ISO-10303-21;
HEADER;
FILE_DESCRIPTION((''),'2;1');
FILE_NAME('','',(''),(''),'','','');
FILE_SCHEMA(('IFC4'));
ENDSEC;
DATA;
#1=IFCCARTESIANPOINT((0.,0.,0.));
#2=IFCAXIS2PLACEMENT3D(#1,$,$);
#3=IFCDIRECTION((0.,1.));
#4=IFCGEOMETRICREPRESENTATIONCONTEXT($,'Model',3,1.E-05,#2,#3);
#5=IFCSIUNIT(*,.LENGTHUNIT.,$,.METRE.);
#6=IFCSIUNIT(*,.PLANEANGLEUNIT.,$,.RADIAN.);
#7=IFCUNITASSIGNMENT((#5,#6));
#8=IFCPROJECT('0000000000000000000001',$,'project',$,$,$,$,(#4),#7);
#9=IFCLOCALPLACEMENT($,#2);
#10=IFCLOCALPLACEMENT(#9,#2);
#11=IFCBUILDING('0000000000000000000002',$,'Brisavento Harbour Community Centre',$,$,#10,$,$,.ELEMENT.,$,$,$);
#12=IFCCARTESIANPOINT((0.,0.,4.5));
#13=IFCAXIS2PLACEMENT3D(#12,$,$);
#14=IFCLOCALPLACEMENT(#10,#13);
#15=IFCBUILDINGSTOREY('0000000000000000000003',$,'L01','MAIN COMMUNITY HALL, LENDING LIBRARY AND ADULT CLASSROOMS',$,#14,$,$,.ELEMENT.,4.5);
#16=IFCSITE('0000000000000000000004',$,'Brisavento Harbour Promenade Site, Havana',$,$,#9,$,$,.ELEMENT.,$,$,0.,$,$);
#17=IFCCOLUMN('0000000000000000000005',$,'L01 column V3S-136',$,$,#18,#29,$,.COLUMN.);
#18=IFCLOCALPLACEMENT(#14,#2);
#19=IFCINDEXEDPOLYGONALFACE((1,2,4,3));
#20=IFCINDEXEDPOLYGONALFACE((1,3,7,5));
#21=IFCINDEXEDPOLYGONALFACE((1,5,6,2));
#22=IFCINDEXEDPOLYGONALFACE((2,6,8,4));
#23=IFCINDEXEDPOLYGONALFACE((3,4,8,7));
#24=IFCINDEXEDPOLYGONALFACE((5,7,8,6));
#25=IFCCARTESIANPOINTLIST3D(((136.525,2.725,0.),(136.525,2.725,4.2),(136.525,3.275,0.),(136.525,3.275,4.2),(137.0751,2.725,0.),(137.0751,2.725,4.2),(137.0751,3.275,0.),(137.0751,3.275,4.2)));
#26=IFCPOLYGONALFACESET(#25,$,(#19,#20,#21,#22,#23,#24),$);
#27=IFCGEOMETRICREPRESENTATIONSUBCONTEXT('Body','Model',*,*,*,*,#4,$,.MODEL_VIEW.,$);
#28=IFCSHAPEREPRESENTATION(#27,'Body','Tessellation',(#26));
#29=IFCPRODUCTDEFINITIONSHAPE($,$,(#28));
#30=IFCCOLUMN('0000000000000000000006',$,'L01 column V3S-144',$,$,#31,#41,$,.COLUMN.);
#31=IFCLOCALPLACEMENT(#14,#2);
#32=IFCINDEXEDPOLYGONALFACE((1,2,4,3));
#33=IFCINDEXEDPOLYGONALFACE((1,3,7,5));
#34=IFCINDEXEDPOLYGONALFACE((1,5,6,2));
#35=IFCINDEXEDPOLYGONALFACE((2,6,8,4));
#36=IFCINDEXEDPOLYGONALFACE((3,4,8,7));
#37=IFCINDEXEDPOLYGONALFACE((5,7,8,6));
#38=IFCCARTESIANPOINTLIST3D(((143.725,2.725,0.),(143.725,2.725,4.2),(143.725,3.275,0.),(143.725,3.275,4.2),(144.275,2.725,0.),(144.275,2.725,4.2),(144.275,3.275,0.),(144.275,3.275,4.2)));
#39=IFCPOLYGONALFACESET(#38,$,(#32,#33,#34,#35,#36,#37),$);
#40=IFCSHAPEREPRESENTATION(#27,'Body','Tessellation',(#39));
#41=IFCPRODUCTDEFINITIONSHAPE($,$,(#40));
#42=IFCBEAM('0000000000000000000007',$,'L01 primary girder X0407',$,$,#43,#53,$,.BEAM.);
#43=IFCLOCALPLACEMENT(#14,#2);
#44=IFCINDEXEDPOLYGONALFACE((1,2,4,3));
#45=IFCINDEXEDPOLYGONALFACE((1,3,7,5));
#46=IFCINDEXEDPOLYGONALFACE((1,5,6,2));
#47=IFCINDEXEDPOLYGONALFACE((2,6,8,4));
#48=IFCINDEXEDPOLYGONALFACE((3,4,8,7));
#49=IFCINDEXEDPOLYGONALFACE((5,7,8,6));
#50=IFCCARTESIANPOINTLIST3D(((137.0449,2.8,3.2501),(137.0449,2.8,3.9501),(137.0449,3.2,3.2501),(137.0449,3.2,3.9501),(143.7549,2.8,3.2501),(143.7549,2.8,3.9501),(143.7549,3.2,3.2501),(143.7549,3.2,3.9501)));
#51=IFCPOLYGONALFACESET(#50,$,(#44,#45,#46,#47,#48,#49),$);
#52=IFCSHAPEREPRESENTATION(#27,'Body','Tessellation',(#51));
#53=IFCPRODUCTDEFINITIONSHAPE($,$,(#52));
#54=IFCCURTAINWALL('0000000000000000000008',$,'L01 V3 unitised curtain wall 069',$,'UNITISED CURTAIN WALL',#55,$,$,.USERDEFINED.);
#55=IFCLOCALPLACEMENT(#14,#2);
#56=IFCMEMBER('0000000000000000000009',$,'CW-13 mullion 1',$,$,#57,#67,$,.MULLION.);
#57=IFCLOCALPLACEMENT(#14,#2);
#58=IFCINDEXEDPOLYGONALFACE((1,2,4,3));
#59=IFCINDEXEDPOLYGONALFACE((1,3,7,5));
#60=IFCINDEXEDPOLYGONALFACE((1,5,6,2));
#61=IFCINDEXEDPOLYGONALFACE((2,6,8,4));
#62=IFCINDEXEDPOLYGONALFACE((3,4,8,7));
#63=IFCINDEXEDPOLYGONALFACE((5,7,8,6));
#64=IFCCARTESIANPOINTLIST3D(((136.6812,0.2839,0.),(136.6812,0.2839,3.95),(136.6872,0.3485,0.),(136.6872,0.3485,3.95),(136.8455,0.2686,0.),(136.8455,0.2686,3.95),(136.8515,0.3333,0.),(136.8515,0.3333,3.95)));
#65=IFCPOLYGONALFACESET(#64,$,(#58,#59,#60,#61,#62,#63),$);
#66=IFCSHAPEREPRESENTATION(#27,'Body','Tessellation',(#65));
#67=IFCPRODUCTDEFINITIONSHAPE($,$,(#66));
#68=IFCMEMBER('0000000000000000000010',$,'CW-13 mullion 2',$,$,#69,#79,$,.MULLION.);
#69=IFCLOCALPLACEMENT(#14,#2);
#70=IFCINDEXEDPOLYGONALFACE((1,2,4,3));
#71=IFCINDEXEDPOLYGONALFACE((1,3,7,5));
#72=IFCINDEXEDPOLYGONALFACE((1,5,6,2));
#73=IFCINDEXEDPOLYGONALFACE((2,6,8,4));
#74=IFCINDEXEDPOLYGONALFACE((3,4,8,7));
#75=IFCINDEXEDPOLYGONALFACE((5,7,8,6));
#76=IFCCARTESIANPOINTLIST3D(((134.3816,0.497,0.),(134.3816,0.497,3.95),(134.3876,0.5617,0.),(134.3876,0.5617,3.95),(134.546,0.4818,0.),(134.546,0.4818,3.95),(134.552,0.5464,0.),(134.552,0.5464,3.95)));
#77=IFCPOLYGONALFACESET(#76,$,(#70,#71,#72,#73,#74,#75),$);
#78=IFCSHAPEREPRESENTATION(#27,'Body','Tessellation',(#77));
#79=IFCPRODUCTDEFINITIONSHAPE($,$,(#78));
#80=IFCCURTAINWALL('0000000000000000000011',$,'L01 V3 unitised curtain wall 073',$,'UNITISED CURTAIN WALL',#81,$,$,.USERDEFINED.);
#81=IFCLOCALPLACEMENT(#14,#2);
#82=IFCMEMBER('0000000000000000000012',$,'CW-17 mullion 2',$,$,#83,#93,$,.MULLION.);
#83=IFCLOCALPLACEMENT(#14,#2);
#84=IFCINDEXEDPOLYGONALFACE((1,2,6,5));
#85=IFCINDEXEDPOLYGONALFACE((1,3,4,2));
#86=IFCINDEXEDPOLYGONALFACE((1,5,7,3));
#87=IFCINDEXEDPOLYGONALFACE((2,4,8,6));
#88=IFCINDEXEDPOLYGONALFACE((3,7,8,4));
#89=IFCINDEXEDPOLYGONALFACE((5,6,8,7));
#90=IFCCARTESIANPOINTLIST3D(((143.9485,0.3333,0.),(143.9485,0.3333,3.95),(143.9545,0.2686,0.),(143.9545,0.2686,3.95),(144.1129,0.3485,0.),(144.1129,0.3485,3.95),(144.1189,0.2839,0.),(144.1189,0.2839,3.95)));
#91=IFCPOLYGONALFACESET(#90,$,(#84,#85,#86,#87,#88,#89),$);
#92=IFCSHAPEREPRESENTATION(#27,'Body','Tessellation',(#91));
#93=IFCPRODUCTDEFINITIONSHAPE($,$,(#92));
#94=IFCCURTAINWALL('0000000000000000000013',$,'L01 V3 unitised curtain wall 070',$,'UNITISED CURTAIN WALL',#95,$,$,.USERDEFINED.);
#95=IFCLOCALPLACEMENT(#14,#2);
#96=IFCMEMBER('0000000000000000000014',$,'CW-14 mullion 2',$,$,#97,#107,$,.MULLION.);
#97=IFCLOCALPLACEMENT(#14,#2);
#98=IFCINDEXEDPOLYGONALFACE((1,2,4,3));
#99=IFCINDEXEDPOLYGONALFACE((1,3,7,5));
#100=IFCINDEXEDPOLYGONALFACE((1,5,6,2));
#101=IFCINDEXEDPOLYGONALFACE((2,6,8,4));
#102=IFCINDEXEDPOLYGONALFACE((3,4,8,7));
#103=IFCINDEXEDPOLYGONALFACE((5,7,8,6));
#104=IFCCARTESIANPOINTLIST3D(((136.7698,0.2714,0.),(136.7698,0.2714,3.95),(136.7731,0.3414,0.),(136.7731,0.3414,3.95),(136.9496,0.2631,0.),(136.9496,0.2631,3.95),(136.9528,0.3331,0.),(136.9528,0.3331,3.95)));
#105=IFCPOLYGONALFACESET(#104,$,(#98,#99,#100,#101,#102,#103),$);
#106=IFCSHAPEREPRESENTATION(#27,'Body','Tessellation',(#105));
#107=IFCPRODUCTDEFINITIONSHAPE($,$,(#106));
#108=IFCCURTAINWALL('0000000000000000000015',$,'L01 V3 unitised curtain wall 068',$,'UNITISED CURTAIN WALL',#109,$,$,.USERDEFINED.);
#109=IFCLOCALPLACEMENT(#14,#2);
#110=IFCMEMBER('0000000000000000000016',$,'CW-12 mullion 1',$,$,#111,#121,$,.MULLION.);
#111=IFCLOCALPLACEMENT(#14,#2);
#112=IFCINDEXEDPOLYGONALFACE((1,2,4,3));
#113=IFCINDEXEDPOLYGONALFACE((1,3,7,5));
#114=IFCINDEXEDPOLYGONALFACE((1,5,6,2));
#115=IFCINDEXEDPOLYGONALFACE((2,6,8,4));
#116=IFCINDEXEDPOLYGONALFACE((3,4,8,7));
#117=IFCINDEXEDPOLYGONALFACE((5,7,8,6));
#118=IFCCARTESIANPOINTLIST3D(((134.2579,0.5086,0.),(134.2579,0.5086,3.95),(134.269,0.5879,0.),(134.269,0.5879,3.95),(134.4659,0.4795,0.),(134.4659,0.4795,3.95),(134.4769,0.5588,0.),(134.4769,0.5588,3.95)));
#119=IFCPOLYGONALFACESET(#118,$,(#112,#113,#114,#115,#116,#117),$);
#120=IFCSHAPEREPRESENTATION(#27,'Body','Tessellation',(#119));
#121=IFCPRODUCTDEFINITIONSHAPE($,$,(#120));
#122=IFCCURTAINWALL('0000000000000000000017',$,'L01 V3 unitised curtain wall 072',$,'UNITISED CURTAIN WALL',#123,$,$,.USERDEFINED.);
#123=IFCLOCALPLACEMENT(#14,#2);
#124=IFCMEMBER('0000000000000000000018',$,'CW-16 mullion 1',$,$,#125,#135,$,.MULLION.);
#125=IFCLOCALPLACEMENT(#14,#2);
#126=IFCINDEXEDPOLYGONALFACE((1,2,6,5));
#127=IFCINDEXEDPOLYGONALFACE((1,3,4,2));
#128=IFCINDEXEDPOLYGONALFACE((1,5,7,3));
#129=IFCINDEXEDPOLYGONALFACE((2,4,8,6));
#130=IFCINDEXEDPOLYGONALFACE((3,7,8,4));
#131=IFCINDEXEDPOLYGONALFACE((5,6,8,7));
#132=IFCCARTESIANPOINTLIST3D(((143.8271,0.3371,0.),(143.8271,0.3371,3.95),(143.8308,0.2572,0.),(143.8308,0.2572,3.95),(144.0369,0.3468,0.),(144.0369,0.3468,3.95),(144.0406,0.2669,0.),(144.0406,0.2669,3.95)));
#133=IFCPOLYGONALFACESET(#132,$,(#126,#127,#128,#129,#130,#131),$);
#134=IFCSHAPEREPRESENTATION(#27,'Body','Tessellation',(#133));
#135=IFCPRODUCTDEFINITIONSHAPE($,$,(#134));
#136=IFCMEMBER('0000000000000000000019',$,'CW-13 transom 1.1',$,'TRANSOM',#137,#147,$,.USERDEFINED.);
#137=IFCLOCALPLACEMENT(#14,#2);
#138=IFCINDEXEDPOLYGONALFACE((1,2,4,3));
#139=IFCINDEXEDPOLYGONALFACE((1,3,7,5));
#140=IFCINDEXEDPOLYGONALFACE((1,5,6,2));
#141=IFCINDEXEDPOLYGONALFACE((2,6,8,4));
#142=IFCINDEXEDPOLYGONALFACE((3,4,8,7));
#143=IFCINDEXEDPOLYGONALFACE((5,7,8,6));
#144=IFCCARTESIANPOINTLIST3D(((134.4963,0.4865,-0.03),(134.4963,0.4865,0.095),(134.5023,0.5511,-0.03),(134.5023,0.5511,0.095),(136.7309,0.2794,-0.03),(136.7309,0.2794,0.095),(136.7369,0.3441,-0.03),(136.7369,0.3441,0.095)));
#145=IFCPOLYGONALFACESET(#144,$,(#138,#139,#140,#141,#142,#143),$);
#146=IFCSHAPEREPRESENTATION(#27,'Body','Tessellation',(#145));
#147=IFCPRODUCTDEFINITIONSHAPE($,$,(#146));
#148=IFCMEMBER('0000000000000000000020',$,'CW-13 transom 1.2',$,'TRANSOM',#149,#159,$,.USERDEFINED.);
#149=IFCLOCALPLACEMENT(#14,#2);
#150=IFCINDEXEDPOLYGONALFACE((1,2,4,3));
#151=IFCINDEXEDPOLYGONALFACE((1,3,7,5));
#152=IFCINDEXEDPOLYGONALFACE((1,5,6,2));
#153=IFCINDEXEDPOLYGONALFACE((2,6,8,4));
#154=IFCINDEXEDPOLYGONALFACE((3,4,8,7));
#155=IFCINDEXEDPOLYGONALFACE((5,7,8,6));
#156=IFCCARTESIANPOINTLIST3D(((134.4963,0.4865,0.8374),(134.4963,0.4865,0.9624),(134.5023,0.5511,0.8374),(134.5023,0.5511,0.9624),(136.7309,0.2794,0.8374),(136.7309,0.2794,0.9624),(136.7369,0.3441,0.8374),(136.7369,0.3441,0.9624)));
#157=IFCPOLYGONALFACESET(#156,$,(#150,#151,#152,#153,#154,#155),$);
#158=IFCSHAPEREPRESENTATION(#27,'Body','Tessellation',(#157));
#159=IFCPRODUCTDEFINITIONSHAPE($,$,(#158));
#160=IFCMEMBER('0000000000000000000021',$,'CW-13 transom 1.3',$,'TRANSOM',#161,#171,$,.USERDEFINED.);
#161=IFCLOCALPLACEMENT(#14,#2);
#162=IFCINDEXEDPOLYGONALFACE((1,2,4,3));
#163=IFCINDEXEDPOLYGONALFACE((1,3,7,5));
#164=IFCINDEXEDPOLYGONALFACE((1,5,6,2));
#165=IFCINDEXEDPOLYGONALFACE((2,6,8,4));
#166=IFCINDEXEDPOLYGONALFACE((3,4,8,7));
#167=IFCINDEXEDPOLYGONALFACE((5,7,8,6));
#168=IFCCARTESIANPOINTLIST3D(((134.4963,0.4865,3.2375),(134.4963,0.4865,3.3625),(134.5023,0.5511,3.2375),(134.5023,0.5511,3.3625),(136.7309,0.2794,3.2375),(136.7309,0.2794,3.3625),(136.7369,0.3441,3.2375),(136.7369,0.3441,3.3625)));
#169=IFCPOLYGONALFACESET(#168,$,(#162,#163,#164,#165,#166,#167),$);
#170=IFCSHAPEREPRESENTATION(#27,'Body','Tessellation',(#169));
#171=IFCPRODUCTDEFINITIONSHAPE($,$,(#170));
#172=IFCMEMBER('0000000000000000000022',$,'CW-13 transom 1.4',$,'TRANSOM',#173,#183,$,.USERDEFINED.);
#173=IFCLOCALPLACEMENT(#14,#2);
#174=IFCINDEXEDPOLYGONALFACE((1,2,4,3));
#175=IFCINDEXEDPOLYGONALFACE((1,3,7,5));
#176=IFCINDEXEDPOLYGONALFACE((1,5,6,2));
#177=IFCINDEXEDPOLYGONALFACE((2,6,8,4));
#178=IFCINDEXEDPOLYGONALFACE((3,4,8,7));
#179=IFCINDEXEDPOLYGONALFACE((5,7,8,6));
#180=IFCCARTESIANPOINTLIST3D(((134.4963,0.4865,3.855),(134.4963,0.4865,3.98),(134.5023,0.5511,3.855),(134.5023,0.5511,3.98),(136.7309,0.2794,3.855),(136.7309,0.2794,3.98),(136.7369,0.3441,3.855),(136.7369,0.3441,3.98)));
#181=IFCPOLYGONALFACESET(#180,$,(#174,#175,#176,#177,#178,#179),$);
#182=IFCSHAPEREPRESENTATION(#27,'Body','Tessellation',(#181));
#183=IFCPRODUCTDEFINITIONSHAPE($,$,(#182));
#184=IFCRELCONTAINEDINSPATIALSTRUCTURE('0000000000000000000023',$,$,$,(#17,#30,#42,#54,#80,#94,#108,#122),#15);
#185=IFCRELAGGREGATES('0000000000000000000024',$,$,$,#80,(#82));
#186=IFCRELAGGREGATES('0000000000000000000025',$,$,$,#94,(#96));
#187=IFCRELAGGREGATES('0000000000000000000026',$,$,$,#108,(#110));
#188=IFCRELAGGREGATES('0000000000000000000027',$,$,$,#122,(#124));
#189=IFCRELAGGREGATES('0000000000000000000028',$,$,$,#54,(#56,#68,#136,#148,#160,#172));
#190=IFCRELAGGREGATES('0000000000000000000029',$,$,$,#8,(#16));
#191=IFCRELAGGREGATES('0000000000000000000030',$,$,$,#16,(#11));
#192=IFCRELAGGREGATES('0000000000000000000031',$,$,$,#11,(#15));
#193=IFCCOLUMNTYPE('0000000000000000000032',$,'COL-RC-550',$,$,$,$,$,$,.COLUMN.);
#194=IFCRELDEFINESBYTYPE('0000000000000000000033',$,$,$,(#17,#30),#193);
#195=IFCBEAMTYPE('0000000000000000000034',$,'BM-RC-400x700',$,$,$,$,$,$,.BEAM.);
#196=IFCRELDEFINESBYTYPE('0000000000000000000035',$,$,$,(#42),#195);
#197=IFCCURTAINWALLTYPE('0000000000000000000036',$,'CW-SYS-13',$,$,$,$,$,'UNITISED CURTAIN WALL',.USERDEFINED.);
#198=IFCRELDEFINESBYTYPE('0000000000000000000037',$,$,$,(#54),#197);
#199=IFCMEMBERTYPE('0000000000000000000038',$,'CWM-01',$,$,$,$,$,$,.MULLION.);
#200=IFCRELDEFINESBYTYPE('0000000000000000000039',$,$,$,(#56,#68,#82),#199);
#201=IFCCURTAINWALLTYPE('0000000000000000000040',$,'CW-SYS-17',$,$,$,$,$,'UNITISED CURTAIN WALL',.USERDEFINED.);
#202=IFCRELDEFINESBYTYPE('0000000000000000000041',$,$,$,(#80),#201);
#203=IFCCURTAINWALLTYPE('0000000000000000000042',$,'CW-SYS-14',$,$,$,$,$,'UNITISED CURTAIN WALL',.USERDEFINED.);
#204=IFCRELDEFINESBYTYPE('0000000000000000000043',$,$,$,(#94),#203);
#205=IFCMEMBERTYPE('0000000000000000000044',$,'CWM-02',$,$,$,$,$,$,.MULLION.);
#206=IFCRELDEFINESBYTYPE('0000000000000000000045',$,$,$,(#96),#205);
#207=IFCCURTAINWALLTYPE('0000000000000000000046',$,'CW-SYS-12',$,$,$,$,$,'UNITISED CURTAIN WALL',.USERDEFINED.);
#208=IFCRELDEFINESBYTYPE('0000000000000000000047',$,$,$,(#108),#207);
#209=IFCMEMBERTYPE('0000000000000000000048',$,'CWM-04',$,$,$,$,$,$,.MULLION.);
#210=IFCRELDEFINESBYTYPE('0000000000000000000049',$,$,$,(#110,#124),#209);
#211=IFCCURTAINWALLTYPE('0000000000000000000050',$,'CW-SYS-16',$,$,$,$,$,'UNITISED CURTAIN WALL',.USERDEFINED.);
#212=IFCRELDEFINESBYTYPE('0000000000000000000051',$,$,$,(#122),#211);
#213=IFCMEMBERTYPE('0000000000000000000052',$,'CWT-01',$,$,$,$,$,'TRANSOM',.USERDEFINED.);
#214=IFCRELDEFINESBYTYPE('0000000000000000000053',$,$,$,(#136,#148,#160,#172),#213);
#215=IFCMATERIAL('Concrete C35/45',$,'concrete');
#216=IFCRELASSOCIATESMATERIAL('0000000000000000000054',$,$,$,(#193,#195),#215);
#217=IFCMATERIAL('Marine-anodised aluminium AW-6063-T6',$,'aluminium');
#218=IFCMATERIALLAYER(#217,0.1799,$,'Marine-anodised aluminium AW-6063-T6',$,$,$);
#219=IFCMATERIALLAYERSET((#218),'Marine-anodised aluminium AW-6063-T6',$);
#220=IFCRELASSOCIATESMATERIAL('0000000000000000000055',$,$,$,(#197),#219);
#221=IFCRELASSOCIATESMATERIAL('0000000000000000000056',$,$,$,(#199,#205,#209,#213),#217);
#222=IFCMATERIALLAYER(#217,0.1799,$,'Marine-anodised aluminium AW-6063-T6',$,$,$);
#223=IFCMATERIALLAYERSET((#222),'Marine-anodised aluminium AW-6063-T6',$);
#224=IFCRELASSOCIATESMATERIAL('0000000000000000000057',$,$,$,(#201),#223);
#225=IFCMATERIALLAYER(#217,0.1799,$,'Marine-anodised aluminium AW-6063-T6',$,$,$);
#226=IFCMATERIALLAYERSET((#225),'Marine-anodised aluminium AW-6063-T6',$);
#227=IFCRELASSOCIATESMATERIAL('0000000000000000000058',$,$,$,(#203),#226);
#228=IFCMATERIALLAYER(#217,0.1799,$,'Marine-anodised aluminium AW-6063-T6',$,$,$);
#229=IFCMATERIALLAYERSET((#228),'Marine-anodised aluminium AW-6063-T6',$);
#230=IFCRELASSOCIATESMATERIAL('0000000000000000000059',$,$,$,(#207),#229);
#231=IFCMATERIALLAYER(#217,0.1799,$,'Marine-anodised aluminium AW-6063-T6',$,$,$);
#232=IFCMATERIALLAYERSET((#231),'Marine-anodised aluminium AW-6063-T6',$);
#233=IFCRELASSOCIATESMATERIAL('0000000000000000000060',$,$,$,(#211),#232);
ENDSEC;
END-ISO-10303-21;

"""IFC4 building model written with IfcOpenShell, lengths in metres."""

from ifc_helpers import new_model, si_unit, direction, frame, origin, origin_2d, place, context, subcontext, project, spatial, rectangle, extrude, material, layer, layer_set, material_profile, profile_set, type_object, element, aggregate, save


model = new_model("IFC4")

# Units and contexts
model_context = context("Model", 3, precision=1e-05, world=origin(), true_north=direction((0.0, 1.0)))
body_context = subcontext(model_context, "Body", "Model", "MODEL_VIEW")
ifc_project = project(units=[si_unit("LENGTHUNIT", "METRE"), si_unit("PLANEANGLEUNIT", "RADIAN")], contexts=[model_context])

# Site, building, storey
site_placement = place(None, origin())
site = spatial("IfcSite", under=ifc_project, at=site_placement, Name="Brisavento Harbour Promenade Site, Havana", CompositionType="ELEMENT", RefElevation=0.0)
building_placement = place(site_placement, origin())
building = spatial("IfcBuilding", under=site, at=building_placement, Name="Brisavento Harbour Community Centre", CompositionType="ELEMENT")
storey_placement = place(building_placement, frame((0.0, 0.0, 4.5)))
storey = spatial("IfcBuildingStorey", under=building, at=storey_placement, Name="L01", Description="MAIN COMMUNITY HALL, LENDING LIBRARY AND ADULT CLASSROOMS", CompositionType="ELEMENT", Elevation=4.5)

# Columns
ifc_material_1 = material(Name="Concrete C35/45", Category="concrete")
ifc_material_profile_1 = material_profile(ifc_material_1, rectangle(XDim=0.55, YDim=0.55, at=origin_2d()), Name="Concrete C35/45")
ifc_profile_set_1 = profile_set([ifc_material_profile_1], Name="Concrete C35/45")
column_type = type_object("IfcColumnType", Name="COL-RC-550", PredefinedType="COLUMN", material=ifc_profile_set_1)
for number, where, z_axis, x_axis, name in (
    (1, (136.8, 3.0, 0.0), (0.0, 0.0, 1.0), (1.0, 0.0, 0.0), "L01 column V3S-136"),
    (2, (144.0, 3.0, 0.0), (0.0, 0.0, 1.0), (1.0, 0.0, 0.0), "L01 column V3S-144"),
):
    element("IfcColumn", number, at=place(storey_placement, frame(where, z_axis=z_axis, x_axis=x_axis)), inside=storey, type_object=column_type, Name=name, PredefinedType="COLUMN", context=body_context, shape_type="SweptSolid", body=[
        extrude(rectangle(XDim=0.55, YDim=0.55, at=origin_2d()), origin(), (0.0, 0.0, 1.0), 4.2),
    ])

# Beam
ifc_material_profile_2 = material_profile(ifc_material_1, rectangle(XDim=0.3999, YDim=0.7, at=origin_2d()), Name="Concrete C35/45")
ifc_profile_set_2 = profile_set([ifc_material_profile_2], Name="Concrete C35/45")
beam_type = type_object("IfcBeamType", Name="BM-RC-400x700", PredefinedType="BEAM", material=ifc_profile_set_2)
beam_placement = place(storey_placement, frame((137.0449, 3.0, 3.6001), z_axis=(1.0, 0.0, 0.0), x_axis=(0.0, 1.0, 0.0)))
element("IfcBeam", 3, at=beam_placement, inside=storey, type_object=beam_type, Name="L01 primary girder X0407", PredefinedType="BEAM", context=body_context, shape_type="SweptSolid", body=[
    extrude(rectangle(XDim=0.3999, YDim=0.7, at=origin_2d()), origin(), (0.0, 0.0, 1.0), 6.71),
])

# Curtain wall, members
ifc_material_2 = material(Name="Marine-anodised aluminium AW-6063-T6", Category="aluminium")
ifc_layer_1 = layer(ifc_material_2, 0.1799, Name="Marine-anodised aluminium AW-6063-T6")
ifc_layer_set_1 = layer_set([ifc_layer_1], Name="Marine-anodised aluminium AW-6063-T6")
curtain_wall_type_1 = type_object("IfcCurtainWallType", Name="CW-SYS-13", ElementType="UNITISED CURTAIN WALL", PredefinedType="USERDEFINED", material=ifc_layer_set_1)
curtain_wall_1_placement = place(storey_placement, origin())
curtain_wall_1 = element("IfcCurtainWall", 4, at=curtain_wall_1_placement, inside=storey, type_object=curtain_wall_type_1, Name="L01 V3 unitised curtain wall 069", ObjectType="UNITISED CURTAIN WALL", PredefinedType="USERDEFINED")
ifc_material_profile_3 = material_profile(ifc_material_2, rectangle(XDim=0.0649, YDim=0.165, at=origin_2d()), Name="Marine-anodised aluminium AW-6063-T6")
ifc_profile_set_3 = profile_set([ifc_material_profile_3], Name="Marine-anodised aluminium AW-6063-T6")
member_type_1 = type_object("IfcMemberType", Name="CWM-01", PredefinedType="MULLION", material=ifc_profile_set_3)
member_1_placement = place(storey_placement, frame((136.7664, 0.3086, 0.0), z_axis=(0.0, 0.0, 1.0), x_axis=(-0.092279, -0.995733, 0.0)))
member_1 = element("IfcMember", 5, at=member_1_placement, type_object=member_type_1, Name="CW-13 mullion 1", PredefinedType="MULLION", context=body_context, shape_type="SweptSolid", body=[
    extrude(rectangle(XDim=0.0649, YDim=0.165, at=origin_2d()), origin(), (0.0, 0.0, 1.0), 3.95),
])
member_2_placement = place(storey_placement, frame((134.4668, 0.5217, 0.0), z_axis=(0.0, 0.0, 1.0), x_axis=(-0.092279, -0.995733, 0.0)))
member_2 = element("IfcMember", 6, at=member_2_placement, type_object=member_type_1, Name="CW-13 mullion 2", PredefinedType="MULLION", context=body_context, shape_type="SweptSolid", body=[
    extrude(rectangle(XDim=0.0649, YDim=0.165, at=origin_2d()), origin(), (0.0, 0.0, 1.0), 3.95),
])

# Curtain walls, members
ifc_layer_2 = layer(ifc_material_2, 0.1799, Name="Marine-anodised aluminium AW-6063-T6")
ifc_layer_set_2 = layer_set([ifc_layer_2], Name="Marine-anodised aluminium AW-6063-T6")
curtain_wall_type_2 = type_object("IfcCurtainWallType", Name="CW-SYS-17", ElementType="UNITISED CURTAIN WALL", PredefinedType="USERDEFINED", material=ifc_layer_set_2)
curtain_wall_2_placement = place(storey_placement, origin())
curtain_wall_2 = element("IfcCurtainWall", 7, at=curtain_wall_2_placement, inside=storey, type_object=curtain_wall_type_2, Name="L01 V3 unitised curtain wall 073", ObjectType="UNITISED CURTAIN WALL", PredefinedType="USERDEFINED")
member_3_placement = place(storey_placement, frame((144.0337, 0.3086, 0.0), z_axis=(0.0, 0.0, 1.0), x_axis=(0.092279, -0.995733, 0.0)))
member_3 = element("IfcMember", 8, at=member_3_placement, type_object=member_type_1, Name="CW-17 mullion 2", PredefinedType="MULLION", context=body_context, shape_type="SweptSolid", body=[
    extrude(rectangle(XDim=0.0649, YDim=0.165, at=origin_2d()), origin(), (0.0, 0.0, 1.0), 3.95),
])
aggregate(curtain_wall_2, [member_3])
ifc_layer_3 = layer(ifc_material_2, 0.1799, Name="Marine-anodised aluminium AW-6063-T6")
ifc_layer_set_3 = layer_set([ifc_layer_3], Name="Marine-anodised aluminium AW-6063-T6")
curtain_wall_type_3 = type_object("IfcCurtainWallType", Name="CW-SYS-14", ElementType="UNITISED CURTAIN WALL", PredefinedType="USERDEFINED", material=ifc_layer_set_3)
curtain_wall_3_placement = place(storey_placement, origin())
curtain_wall_3 = element("IfcCurtainWall", 9, at=curtain_wall_3_placement, inside=storey, type_object=curtain_wall_type_3, Name="L01 V3 unitised curtain wall 070", ObjectType="UNITISED CURTAIN WALL", PredefinedType="USERDEFINED")
ifc_material_profile_4 = material_profile(ifc_material_2, rectangle(XDim=0.0701, YDim=0.1799, at=origin_2d()), Name="Marine-anodised aluminium AW-6063-T6")
ifc_profile_set_4 = profile_set([ifc_material_profile_4], Name="Marine-anodised aluminium AW-6063-T6")
member_type_2 = type_object("IfcMemberType", Name="CWM-02", PredefinedType="MULLION", material=ifc_profile_set_4)
member_4_placement = place(storey_placement, frame((136.8613, 0.3022, 0.0), z_axis=(0.0, 0.0, 1.0), x_axis=(-0.046186, -0.998933, 0.0)))
member_4 = element("IfcMember", 10, at=member_4_placement, type_object=member_type_2, Name="CW-14 mullion 2", PredefinedType="MULLION", context=body_context, shape_type="SweptSolid", body=[
    extrude(rectangle(XDim=0.0701, YDim=0.1799, at=origin_2d()), origin(), (0.0, 0.0, 1.0), 3.95),
])
aggregate(curtain_wall_3, [member_4])
ifc_layer_4 = layer(ifc_material_2, 0.1799, Name="Marine-anodised aluminium AW-6063-T6")
ifc_layer_set_4 = layer_set([ifc_layer_4], Name="Marine-anodised aluminium AW-6063-T6")
curtain_wall_type_4 = type_object("IfcCurtainWallType", Name="CW-SYS-12", ElementType="UNITISED CURTAIN WALL", PredefinedType="USERDEFINED", material=ifc_layer_set_4)
curtain_wall_4_placement = place(storey_placement, origin())
curtain_wall_4 = element("IfcCurtainWall", 11, at=curtain_wall_4_placement, inside=storey, type_object=curtain_wall_type_4, Name="L01 V3 unitised curtain wall 068", ObjectType="UNITISED CURTAIN WALL", PredefinedType="USERDEFINED")
ifc_material_profile_5 = material_profile(ifc_material_2, rectangle(XDim=0.0801, YDim=0.21, at=origin_2d()), Name="Marine-anodised aluminium AW-6063-T6")
ifc_profile_set_5 = profile_set([ifc_material_profile_5], Name="Marine-anodised aluminium AW-6063-T6")
member_type_3 = type_object("IfcMemberType", Name="CWM-04", PredefinedType="MULLION", material=ifc_profile_set_5)
member_5_placement = place(storey_placement, frame((134.3674, 0.5337, 0.0), z_axis=(0.0, 0.0, 1.0), x_axis=(-0.138477, -0.990366, 0.0)))
member_5 = element("IfcMember", 12, at=member_5_placement, type_object=member_type_3, Name="CW-12 mullion 1", PredefinedType="MULLION", context=body_context, shape_type="SweptSolid", body=[
    extrude(rectangle(XDim=0.0801, YDim=0.21, at=origin_2d()), origin(), (0.0, 0.0, 1.0), 3.95),
])
ifc_layer_5 = layer(ifc_material_2, 0.1799, Name="Marine-anodised aluminium AW-6063-T6")
ifc_layer_set_5 = layer_set([ifc_layer_5], Name="Marine-anodised aluminium AW-6063-T6")
curtain_wall_type_5 = type_object("IfcCurtainWallType", Name="CW-SYS-16", ElementType="UNITISED CURTAIN WALL", PredefinedType="USERDEFINED", material=ifc_layer_set_5)
curtain_wall_5_placement = place(storey_placement, origin())
curtain_wall_5 = element("IfcCurtainWall", 13, at=curtain_wall_5_placement, inside=storey, type_object=curtain_wall_type_5, Name="L01 V3 unitised curtain wall 072", ObjectType="UNITISED CURTAIN WALL", PredefinedType="USERDEFINED")
member_6_placement = place(storey_placement, frame((143.9338, 0.302, 0.0), z_axis=(0.0, 0.0, 1.0), x_axis=(0.046186, -0.998933, 0.0)))
member_6 = element("IfcMember", 14, at=member_6_placement, type_object=member_type_3, Name="CW-16 mullion 1", PredefinedType="MULLION", context=body_context, shape_type="SweptSolid", body=[
    extrude(rectangle(XDim=0.0801, YDim=0.21, at=origin_2d()), origin(), (0.0, 0.0, 1.0), 3.95),
])

# Members
ifc_material_profile_6 = material_profile(ifc_material_2, rectangle(XDim=0.0649, YDim=0.125, at=origin_2d()), Name="Marine-anodised aluminium AW-6063-T6")
ifc_profile_set_6 = profile_set([ifc_material_profile_6], Name="Marine-anodised aluminium AW-6063-T6")
member_type_4 = type_object("IfcMemberType", Name="CWT-01", ElementType="TRANSOM", PredefinedType="USERDEFINED", material=ifc_profile_set_6)
member_7_placement = place(storey_placement, frame((136.7339, 0.3118, 0.0325), z_axis=(-0.995736, 0.092252, 0.0), x_axis=(-0.092252, -0.995736, 0.0)))
member_7 = element("IfcMember", 15, at=member_7_placement, type_object=member_type_4, Name="CW-13 transom 1.1", ObjectType="TRANSOM", PredefinedType="USERDEFINED", context=body_context, shape_type="SweptSolid", body=[
    extrude(rectangle(XDim=0.0649, YDim=0.125, at=origin_2d()), origin(), (0.0, 0.0, 1.0), 2.2441),
])
member_8_placement = place(storey_placement, frame((136.7339, 0.3118, 0.8999), z_axis=(-0.995736, 0.092252, 0.0), x_axis=(-0.092252, -0.995736, 0.0)))
member_8 = element("IfcMember", 16, at=member_8_placement, type_object=member_type_4, Name="CW-13 transom 1.2", ObjectType="TRANSOM", PredefinedType="USERDEFINED", context=body_context, shape_type="SweptSolid", body=[
    extrude(rectangle(XDim=0.0649, YDim=0.125, at=origin_2d()), origin(), (0.0, 0.0, 1.0), 2.2441),
])
member_9_placement = place(storey_placement, frame((136.7339, 0.3118, 3.3), z_axis=(-0.995736, 0.092252, 0.0), x_axis=(-0.092252, -0.995736, 0.0)))
member_9 = element("IfcMember", 17, at=member_9_placement, type_object=member_type_4, Name="CW-13 transom 1.3", ObjectType="TRANSOM", PredefinedType="USERDEFINED", context=body_context, shape_type="SweptSolid", body=[
    extrude(rectangle(XDim=0.0649, YDim=0.125, at=origin_2d()), origin(), (0.0, 0.0, 1.0), 2.2441),
])
member_10_placement = place(storey_placement, frame((136.7339, 0.3118, 3.9175), z_axis=(-0.995736, 0.092252, 0.0), x_axis=(-0.092252, -0.995736, 0.0)))
member_10 = element("IfcMember", 18, at=member_10_placement, type_object=member_type_4, Name="CW-13 transom 1.4", ObjectType="TRANSOM", PredefinedType="USERDEFINED", context=body_context, shape_type="SweptSolid", body=[
    extrude(rectangle(XDim=0.0649, YDim=0.125, at=origin_2d()), origin(), (0.0, 0.0, 1.0), 2.2441),
])
aggregate(curtain_wall_4, [member_5])
aggregate(curtain_wall_5, [member_6])

aggregate(curtain_wall_1, [member_1, member_2, member_7, member_8, member_9, member_10])

save(model, "model.ifc")
